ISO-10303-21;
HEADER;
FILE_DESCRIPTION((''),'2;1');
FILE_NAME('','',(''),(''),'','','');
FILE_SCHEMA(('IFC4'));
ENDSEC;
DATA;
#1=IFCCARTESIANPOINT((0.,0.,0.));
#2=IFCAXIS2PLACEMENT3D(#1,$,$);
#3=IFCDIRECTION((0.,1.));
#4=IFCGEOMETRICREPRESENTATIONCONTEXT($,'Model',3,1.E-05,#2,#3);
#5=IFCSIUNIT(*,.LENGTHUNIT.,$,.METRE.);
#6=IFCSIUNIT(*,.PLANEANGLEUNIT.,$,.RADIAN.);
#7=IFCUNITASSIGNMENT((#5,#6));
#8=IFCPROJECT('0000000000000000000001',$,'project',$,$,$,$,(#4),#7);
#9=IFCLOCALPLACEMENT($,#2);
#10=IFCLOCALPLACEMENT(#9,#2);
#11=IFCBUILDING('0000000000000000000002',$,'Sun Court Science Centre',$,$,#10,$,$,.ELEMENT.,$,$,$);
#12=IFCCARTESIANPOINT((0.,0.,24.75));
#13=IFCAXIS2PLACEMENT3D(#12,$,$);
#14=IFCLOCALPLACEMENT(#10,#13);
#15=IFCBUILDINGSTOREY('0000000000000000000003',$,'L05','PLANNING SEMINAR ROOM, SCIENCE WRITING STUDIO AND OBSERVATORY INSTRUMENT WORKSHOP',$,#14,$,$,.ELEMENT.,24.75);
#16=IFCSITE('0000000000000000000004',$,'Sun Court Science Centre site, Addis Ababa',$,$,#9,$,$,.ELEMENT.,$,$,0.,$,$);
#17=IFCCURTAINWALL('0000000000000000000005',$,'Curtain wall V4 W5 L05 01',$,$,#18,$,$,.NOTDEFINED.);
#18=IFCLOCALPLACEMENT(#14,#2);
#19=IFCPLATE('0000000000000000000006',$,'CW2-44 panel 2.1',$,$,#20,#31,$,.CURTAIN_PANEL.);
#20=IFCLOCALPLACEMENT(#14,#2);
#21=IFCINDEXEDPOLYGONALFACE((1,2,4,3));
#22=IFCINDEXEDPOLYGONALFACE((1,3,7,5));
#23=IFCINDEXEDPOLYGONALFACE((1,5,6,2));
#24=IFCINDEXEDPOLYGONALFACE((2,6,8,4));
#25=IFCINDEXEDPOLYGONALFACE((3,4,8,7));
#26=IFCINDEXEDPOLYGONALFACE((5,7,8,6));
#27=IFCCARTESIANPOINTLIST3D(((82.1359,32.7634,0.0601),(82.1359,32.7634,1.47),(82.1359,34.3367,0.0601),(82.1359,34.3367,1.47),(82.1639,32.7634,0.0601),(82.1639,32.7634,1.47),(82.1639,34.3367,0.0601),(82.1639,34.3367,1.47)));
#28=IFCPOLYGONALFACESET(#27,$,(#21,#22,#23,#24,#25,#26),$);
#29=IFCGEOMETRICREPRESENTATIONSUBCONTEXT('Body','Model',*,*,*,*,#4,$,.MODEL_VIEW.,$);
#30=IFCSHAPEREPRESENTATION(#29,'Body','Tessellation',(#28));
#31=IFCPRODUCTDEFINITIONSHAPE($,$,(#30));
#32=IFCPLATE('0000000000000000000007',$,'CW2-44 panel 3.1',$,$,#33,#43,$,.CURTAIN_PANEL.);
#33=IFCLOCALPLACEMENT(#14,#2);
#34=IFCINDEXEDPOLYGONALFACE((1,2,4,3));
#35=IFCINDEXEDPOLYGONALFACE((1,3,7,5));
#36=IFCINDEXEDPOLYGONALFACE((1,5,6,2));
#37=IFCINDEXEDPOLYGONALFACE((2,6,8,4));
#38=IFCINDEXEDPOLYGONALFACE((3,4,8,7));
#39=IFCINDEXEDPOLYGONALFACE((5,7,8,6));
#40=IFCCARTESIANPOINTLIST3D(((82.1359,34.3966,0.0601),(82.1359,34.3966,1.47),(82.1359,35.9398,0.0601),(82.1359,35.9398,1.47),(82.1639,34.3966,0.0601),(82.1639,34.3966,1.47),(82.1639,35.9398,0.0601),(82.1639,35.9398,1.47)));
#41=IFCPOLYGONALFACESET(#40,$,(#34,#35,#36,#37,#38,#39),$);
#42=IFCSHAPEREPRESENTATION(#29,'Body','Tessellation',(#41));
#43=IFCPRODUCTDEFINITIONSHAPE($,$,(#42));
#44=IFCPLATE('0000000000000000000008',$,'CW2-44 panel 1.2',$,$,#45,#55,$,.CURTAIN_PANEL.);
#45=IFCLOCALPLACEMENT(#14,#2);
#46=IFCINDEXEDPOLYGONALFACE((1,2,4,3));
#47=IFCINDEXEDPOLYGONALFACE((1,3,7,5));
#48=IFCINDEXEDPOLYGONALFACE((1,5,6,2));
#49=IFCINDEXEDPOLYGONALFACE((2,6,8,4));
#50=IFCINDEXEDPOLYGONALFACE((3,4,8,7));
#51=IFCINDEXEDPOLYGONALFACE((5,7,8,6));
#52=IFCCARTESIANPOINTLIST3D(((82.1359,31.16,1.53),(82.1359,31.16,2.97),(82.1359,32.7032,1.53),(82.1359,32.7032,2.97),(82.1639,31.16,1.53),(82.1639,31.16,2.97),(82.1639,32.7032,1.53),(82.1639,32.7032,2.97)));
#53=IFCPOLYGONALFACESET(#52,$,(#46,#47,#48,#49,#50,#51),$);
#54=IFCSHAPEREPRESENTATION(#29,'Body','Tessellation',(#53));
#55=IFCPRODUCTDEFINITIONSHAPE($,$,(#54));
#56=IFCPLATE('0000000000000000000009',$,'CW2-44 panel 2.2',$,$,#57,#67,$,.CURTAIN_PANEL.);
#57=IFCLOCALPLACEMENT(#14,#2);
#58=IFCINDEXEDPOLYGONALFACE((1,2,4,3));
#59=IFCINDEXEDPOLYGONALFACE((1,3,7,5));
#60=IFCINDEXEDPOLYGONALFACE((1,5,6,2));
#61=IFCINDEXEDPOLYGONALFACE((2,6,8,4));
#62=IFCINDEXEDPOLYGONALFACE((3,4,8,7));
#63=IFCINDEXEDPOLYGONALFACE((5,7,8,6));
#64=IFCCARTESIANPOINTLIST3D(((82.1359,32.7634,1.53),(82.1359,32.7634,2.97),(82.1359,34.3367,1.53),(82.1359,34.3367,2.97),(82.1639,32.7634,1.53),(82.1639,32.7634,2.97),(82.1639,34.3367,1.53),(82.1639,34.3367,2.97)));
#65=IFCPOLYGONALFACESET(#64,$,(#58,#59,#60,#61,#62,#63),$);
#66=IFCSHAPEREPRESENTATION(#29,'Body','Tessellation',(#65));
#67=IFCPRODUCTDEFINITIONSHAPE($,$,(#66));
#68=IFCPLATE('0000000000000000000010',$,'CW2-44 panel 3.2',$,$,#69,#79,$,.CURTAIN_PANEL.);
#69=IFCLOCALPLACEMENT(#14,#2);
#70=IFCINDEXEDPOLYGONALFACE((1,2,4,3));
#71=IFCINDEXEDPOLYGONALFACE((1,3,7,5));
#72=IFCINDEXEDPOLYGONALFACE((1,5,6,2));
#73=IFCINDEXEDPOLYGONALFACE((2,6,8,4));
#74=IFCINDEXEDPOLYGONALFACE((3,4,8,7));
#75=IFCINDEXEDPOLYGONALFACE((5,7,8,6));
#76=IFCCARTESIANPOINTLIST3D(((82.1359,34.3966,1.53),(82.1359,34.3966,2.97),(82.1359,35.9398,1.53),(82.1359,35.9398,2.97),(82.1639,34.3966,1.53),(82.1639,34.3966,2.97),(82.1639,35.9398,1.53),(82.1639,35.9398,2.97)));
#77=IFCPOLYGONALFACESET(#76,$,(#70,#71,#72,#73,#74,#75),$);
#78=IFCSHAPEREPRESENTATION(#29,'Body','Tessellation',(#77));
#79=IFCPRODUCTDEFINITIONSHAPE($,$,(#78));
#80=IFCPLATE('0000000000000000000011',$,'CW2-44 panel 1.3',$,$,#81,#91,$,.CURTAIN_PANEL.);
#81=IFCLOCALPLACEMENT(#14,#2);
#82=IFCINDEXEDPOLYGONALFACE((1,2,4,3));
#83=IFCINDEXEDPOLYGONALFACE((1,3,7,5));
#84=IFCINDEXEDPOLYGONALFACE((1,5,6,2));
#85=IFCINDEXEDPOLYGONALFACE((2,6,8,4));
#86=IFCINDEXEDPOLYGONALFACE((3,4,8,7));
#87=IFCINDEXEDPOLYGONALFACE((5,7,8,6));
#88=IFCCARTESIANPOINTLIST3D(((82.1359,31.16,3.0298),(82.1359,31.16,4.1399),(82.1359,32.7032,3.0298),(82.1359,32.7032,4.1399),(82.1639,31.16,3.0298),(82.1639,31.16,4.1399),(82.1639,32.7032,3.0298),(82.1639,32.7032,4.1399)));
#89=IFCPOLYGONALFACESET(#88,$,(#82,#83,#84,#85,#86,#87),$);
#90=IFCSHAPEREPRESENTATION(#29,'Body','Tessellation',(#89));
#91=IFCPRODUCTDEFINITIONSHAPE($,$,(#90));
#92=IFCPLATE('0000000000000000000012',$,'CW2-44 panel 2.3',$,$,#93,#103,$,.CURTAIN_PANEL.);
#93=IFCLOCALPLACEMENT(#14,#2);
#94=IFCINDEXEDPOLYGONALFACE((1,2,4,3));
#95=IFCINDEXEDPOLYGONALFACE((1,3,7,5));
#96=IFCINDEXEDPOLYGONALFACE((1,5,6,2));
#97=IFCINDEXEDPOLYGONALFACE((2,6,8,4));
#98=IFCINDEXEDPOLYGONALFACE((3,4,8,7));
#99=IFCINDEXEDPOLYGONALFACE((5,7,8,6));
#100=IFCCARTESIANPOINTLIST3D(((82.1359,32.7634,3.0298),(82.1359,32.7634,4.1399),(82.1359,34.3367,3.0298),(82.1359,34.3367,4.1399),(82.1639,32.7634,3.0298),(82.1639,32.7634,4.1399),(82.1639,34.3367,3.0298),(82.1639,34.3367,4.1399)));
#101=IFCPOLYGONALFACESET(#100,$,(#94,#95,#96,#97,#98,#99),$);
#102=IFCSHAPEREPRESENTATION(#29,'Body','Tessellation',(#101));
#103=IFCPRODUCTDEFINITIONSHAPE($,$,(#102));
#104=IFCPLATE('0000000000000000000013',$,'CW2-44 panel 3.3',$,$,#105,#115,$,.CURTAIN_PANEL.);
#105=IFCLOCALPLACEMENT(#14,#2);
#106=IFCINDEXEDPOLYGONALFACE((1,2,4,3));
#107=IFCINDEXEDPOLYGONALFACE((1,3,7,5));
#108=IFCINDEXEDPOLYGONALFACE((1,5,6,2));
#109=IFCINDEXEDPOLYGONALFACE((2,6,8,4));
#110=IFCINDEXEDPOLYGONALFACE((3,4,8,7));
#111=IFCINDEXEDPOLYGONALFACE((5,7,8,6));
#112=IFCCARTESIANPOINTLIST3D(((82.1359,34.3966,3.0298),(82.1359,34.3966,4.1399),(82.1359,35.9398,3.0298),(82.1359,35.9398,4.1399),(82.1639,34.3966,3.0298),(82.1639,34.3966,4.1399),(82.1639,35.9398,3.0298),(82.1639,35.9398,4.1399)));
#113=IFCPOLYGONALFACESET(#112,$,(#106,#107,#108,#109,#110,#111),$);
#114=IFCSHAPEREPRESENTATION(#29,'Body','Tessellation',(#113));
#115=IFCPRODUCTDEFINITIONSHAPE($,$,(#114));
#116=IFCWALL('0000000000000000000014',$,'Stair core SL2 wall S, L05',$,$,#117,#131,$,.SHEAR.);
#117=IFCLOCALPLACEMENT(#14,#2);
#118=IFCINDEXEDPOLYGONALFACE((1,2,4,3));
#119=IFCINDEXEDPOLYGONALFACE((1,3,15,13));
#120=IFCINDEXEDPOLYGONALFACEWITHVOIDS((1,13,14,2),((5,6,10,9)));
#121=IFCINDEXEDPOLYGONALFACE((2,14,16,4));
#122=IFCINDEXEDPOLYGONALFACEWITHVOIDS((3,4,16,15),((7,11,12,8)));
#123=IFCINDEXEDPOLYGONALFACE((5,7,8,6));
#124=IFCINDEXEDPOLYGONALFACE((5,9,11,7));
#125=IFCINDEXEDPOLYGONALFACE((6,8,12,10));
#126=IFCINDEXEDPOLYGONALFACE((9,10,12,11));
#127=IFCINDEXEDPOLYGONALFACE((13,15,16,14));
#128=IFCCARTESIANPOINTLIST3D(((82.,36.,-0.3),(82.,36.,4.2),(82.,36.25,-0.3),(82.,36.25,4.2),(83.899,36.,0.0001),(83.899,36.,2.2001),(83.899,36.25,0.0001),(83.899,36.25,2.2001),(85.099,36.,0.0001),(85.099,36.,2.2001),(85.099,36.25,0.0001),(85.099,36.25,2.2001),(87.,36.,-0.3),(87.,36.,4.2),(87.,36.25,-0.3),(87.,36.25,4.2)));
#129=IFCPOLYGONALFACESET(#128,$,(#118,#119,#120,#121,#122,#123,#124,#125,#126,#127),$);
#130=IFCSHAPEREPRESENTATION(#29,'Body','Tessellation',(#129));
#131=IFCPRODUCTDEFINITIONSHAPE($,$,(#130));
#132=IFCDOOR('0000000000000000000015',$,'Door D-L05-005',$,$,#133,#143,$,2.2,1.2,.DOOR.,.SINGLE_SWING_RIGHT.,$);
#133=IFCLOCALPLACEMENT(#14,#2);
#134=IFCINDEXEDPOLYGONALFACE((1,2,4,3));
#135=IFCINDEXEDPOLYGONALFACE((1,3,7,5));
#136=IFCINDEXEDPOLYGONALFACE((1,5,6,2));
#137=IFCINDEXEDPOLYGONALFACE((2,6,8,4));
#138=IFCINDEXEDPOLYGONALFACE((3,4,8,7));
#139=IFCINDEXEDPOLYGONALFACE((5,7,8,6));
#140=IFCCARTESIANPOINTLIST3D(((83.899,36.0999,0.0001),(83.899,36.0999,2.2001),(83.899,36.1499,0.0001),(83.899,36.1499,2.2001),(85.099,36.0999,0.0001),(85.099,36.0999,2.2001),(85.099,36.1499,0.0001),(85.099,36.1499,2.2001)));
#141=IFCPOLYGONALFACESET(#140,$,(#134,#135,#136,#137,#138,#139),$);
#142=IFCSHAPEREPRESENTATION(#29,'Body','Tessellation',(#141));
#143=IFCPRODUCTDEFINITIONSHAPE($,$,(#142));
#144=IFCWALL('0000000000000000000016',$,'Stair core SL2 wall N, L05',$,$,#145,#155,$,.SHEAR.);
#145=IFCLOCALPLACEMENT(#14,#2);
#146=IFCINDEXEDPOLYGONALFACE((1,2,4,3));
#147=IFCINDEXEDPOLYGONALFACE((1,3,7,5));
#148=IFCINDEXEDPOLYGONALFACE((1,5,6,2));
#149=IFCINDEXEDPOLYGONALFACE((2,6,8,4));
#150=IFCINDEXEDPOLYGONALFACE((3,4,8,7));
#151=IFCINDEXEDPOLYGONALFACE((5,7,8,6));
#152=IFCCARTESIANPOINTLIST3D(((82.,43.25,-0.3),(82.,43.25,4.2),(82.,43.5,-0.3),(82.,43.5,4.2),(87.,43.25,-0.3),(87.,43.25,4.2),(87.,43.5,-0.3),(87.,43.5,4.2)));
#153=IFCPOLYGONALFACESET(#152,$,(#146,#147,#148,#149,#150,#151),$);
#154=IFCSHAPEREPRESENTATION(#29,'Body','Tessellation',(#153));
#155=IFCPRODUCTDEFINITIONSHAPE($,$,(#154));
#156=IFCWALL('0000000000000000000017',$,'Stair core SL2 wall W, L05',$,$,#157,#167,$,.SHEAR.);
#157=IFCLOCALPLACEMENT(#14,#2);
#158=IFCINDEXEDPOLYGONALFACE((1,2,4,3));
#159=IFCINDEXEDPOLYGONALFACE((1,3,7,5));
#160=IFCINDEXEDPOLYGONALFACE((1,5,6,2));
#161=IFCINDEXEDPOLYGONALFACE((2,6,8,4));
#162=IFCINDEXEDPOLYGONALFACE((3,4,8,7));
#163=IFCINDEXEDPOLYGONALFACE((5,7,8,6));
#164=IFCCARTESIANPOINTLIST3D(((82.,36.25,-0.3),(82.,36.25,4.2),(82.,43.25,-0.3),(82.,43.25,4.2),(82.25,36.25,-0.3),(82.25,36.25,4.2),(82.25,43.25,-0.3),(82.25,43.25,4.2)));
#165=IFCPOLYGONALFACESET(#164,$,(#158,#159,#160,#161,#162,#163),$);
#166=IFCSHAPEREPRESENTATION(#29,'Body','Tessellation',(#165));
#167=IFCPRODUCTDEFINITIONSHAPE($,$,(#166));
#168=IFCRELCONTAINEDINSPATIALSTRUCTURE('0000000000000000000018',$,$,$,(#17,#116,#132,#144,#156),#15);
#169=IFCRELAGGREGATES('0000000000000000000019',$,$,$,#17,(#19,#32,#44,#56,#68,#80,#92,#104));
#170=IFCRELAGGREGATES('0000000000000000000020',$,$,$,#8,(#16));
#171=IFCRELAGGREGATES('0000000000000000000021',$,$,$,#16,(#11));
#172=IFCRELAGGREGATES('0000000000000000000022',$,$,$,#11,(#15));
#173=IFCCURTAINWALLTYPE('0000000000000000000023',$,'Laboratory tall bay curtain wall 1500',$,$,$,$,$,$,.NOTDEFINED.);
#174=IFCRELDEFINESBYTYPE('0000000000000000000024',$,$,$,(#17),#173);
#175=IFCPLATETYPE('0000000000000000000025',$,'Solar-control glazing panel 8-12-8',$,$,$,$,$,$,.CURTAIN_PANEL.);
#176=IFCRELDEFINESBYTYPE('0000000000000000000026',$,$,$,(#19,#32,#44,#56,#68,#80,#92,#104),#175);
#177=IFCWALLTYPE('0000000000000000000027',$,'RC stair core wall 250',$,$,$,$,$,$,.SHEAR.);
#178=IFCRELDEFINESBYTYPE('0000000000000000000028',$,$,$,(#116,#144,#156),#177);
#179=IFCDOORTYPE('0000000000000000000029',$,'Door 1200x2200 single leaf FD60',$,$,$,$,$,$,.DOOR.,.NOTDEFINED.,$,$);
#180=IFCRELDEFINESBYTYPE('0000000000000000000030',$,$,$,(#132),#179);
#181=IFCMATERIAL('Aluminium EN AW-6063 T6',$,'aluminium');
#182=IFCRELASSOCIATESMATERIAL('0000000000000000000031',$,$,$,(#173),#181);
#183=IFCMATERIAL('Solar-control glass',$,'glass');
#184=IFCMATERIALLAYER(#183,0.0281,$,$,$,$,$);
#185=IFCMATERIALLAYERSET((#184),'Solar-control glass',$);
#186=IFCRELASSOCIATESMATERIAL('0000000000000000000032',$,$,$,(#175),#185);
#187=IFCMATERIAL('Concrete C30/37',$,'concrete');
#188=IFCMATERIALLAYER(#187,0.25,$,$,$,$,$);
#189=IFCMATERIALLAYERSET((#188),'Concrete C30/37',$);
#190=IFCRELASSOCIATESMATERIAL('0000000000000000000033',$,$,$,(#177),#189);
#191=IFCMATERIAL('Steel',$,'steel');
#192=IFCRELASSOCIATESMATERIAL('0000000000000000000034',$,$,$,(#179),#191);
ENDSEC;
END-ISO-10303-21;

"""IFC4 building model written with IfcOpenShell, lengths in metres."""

from ifc_helpers import new_model, si_unit, direction, frame, frame_2d, origin, origin_2d, place, context, subcontext, project, spatial, rectangle, extrude, material, layer, layer_set, type_object, element, fill, aggregate, save


model = new_model("IFC4")

# Units and contexts
model_context = context("Model", 3, precision=1e-05, world=origin(), true_north=direction((0.0, 1.0)))
body_context = subcontext(model_context, "Body", "Model", "MODEL_VIEW")
ifc_project = project(units=[si_unit("LENGTHUNIT", "METRE"), si_unit("PLANEANGLEUNIT", "RADIAN")], contexts=[model_context])

# Site, building, storey
site_placement = place(None, origin())
site = spatial("IfcSite", under=ifc_project, at=site_placement, Name="Sun Court Science Centre site, Addis Ababa", CompositionType="ELEMENT", RefElevation=0.0)
building_placement = place(site_placement, origin())
building = spatial("IfcBuilding", under=site, at=building_placement, Name="Sun Court Science Centre", CompositionType="ELEMENT")
storey_placement = place(building_placement, frame((0.0, 0.0, 24.75)))
storey = spatial("IfcBuildingStorey", under=building, at=storey_placement, Name="L05", Description="PLANNING SEMINAR ROOM, SCIENCE WRITING STUDIO AND OBSERVATORY INSTRUMENT WORKSHOP", CompositionType="ELEMENT", Elevation=24.75)

# Curtain wall
ifc_material_1 = material(Name="Aluminium EN AW-6063 T6", Category="aluminium")
curtain_wall_type = type_object("IfcCurtainWallType", Name="Laboratory tall bay curtain wall 1500", PredefinedType="NOTDEFINED", material=ifc_material_1)
curtain_wall_1_placement = place(storey_placement, origin())
curtain_wall_1 = element("IfcCurtainWall", 1, at=curtain_wall_1_placement, inside=storey, type_object=curtain_wall_type, Name="Curtain wall V4 W5 L05 01", PredefinedType="NOTDEFINED")

# Plates
ifc_material_2 = material(Name="Solar-control glass", Category="glass")
ifc_layer_1 = layer(ifc_material_2, 0.0281)
ifc_layer_set_1 = layer_set([ifc_layer_1], Name="Solar-control glass")
plate_type = type_object("IfcPlateType", Name="Solar-control glazing panel 8-12-8", PredefinedType="CURTAIN_PANEL", material=ifc_layer_set_1)
plate_1_placement = place(storey_placement, frame((82.1499, 33.55, 0.0601), z_axis=(0.0, 0.0, 1.0), x_axis=(0.0, 1.0, 0.0)))
plate_1 = element("IfcPlate", 2, at=plate_1_placement, type_object=plate_type, Name="CW2-44 panel 2.1", PredefinedType="CURTAIN_PANEL", context=body_context, shape_type="SweptSolid", body=[
    extrude(rectangle(XDim=1.5732, YDim=0.0281, at=origin_2d()), origin(), (0.0, 0.0, 1.0), 1.4099),
])
plate_2_placement = place(storey_placement, frame((82.1499, 35.1682, 0.0601), z_axis=(0.0, 0.0, 1.0), x_axis=(0.0, 1.0, 0.0)))
plate_2 = element("IfcPlate", 3, at=plate_2_placement, type_object=plate_type, Name="CW2-44 panel 3.1", PredefinedType="CURTAIN_PANEL", context=body_context, shape_type="SweptSolid", body=[
    extrude(rectangle(XDim=1.5432, YDim=0.0281, at=origin_2d()), origin(), (0.0, 0.0, 1.0), 1.4099),
])
plate_3_placement = place(storey_placement, frame((82.1499, 31.9316, 1.53), z_axis=(0.0, 0.0, 1.0), x_axis=(0.0, 1.0, 0.0)))
plate_3 = element("IfcPlate", 4, at=plate_3_placement, type_object=plate_type, Name="CW2-44 panel 1.2", PredefinedType="CURTAIN_PANEL", context=body_context, shape_type="SweptSolid", body=[
    extrude(rectangle(XDim=1.5432, YDim=0.0281, at=origin_2d()), origin(), (0.0, 0.0, 1.0), 1.4399),
])
plate_4_placement = place(storey_placement, frame((82.1499, 33.55, 1.53), z_axis=(0.0, 0.0, 1.0), x_axis=(0.0, 1.0, 0.0)))
plate_4 = element("IfcPlate", 5, at=plate_4_placement, type_object=plate_type, Name="CW2-44 panel 2.2", PredefinedType="CURTAIN_PANEL", context=body_context, shape_type="SweptSolid", body=[
    extrude(rectangle(XDim=1.5732, YDim=0.0281, at=origin_2d()), origin(), (0.0, 0.0, 1.0), 1.4399),
])
plate_5_placement = place(storey_placement, frame((82.1499, 35.1682, 1.53), z_axis=(0.0, 0.0, 1.0), x_axis=(0.0, 1.0, 0.0)))
plate_5 = element("IfcPlate", 6, at=plate_5_placement, type_object=plate_type, Name="CW2-44 panel 3.2", PredefinedType="CURTAIN_PANEL", context=body_context, shape_type="SweptSolid", body=[
    extrude(rectangle(XDim=1.5432, YDim=0.0281, at=origin_2d()), origin(), (0.0, 0.0, 1.0), 1.4399),
])
plate_6_placement = place(storey_placement, frame((82.1499, 31.9316, 3.0298), z_axis=(0.0, 0.0, 1.0), x_axis=(0.0, 1.0, 0.0)))
plate_6 = element("IfcPlate", 7, at=plate_6_placement, type_object=plate_type, Name="CW2-44 panel 1.3", PredefinedType="CURTAIN_PANEL", context=body_context, shape_type="SweptSolid", body=[
    extrude(rectangle(XDim=1.5432, YDim=0.0281, at=origin_2d()), origin(), (0.0, 0.0, 1.0), 1.1101),
])
plate_7_placement = place(storey_placement, frame((82.1499, 33.55, 3.0298), z_axis=(0.0, 0.0, 1.0), x_axis=(0.0, 1.0, 0.0)))
plate_7 = element("IfcPlate", 8, at=plate_7_placement, type_object=plate_type, Name="CW2-44 panel 2.3", PredefinedType="CURTAIN_PANEL", context=body_context, shape_type="SweptSolid", body=[
    extrude(rectangle(XDim=1.5732, YDim=0.0281, at=origin_2d()), origin(), (0.0, 0.0, 1.0), 1.1101),
])
plate_8_placement = place(storey_placement, frame((82.1499, 35.1682, 3.0298), z_axis=(0.0, 0.0, 1.0), x_axis=(0.0, 1.0, 0.0)))
plate_8 = element("IfcPlate", 9, at=plate_8_placement, type_object=plate_type, Name="CW2-44 panel 3.3", PredefinedType="CURTAIN_PANEL", context=body_context, shape_type="SweptSolid", body=[
    extrude(rectangle(XDim=1.5432, YDim=0.0281, at=origin_2d()), origin(), (0.0, 0.0, 1.0), 1.1101),
])
aggregate(curtain_wall_1, [plate_1, plate_2, plate_3, plate_4, plate_5, plate_6, plate_7, plate_8])

# Wall, opening, door
ifc_material_3 = material(Name="Concrete C30/37", Category="concrete")
ifc_layer_2 = layer(ifc_material_3, 0.25)
ifc_layer_set_2 = layer_set([ifc_layer_2], Name="Concrete C30/37")
wall_type = type_object("IfcWallType", Name="RC stair core wall 250", PredefinedType="SHEAR", material=ifc_layer_set_2)
wall_1_placement = place(storey_placement, frame((82.0, 36.125, -0.3), z_axis=(0.0, 0.0, 1.0), x_axis=(1.0, 0.0, 0.0)))
wall_1 = element("IfcWall", 10, at=wall_1_placement, inside=storey, type_object=wall_type, Name="Stair core SL2 wall S, L05", PredefinedType="SHEAR", context=body_context, shape_type="SweptSolid", body=[
    extrude(rectangle(XDim=5.0, YDim=0.25, at=frame_2d((2.5, 0.0))), origin(), (0.0, 0.0, 1.0), 4.5),
])
opening_placement = place(wall_1_placement, frame((1.8989, 0.0, 0.3)))
opening = element("IfcOpeningElement", 11, at=opening_placement, cuts=wall_1, PredefinedType="OPENING", context=body_context, shape_type="SweptSolid", body=[
    extrude(rectangle(XDim=1.2, YDim=2.2, at=frame_2d((0.6001, 1.1001))), frame((0.0, 0.135, 0.0), z_axis=(0.0, -1.0, 0.0), x_axis=(1.0, 0.0, 0.0)), (0.0, 0.0, 1.0), 0.27),
])
ifc_material_4 = material(Name="Steel", Category="steel")
door_type = type_object("IfcDoorType", Name="Door 1200x2200 single leaf FD60", OperationType="NOTDEFINED", PredefinedType="DOOR", material=ifc_material_4)
door_placement = place(opening_placement, origin())
door = element("IfcDoor", 12, at=door_placement, inside=storey, type_object=door_type, Name="Door D-L05-005", OperationType="SINGLE_SWING_RIGHT", OverallHeight=2.2, OverallWidth=1.2, PredefinedType="DOOR", context=body_context, shape_type="SweptSolid", body=[
    extrude(rectangle(XDim=1.2, YDim=2.2, at=frame_2d((0.6001, 1.1001))), frame((0.0, 0.0249, 0.0), z_axis=(0.0, -1.0, 0.0), x_axis=(1.0, 0.0, 0.0)), (0.0, 0.0, 1.0), 0.05),
])
fill(opening, door)

# Walls
wall_2_placement = place(storey_placement, frame((82.0, 43.375, -0.3), z_axis=(0.0, 0.0, 1.0), x_axis=(1.0, 0.0, 0.0)))
element("IfcWall", 13, at=wall_2_placement, inside=storey, type_object=wall_type, Name="Stair core SL2 wall N, L05", PredefinedType="SHEAR", context=body_context, shape_type="SweptSolid", body=[
    extrude(rectangle(XDim=5.0, YDim=0.25, at=frame_2d((2.5, 0.0))), origin(), (0.0, 0.0, 1.0), 4.5),
])
wall_3_placement = place(storey_placement, frame((82.125, 36.25, -0.3), z_axis=(0.0, 0.0, 1.0), x_axis=(0.0, 1.0, 0.0)))
element("IfcWall", 14, at=wall_3_placement, inside=storey, type_object=wall_type, Name="Stair core SL2 wall W, L05", PredefinedType="SHEAR", context=body_context, shape_type="SweptSolid", body=[
    extrude(rectangle(XDim=7.0, YDim=0.25, at=frame_2d((3.5, 0.0))), origin(), (0.0, 0.0, 1.0), 4.5),
])

save(model, "model.ifc")
